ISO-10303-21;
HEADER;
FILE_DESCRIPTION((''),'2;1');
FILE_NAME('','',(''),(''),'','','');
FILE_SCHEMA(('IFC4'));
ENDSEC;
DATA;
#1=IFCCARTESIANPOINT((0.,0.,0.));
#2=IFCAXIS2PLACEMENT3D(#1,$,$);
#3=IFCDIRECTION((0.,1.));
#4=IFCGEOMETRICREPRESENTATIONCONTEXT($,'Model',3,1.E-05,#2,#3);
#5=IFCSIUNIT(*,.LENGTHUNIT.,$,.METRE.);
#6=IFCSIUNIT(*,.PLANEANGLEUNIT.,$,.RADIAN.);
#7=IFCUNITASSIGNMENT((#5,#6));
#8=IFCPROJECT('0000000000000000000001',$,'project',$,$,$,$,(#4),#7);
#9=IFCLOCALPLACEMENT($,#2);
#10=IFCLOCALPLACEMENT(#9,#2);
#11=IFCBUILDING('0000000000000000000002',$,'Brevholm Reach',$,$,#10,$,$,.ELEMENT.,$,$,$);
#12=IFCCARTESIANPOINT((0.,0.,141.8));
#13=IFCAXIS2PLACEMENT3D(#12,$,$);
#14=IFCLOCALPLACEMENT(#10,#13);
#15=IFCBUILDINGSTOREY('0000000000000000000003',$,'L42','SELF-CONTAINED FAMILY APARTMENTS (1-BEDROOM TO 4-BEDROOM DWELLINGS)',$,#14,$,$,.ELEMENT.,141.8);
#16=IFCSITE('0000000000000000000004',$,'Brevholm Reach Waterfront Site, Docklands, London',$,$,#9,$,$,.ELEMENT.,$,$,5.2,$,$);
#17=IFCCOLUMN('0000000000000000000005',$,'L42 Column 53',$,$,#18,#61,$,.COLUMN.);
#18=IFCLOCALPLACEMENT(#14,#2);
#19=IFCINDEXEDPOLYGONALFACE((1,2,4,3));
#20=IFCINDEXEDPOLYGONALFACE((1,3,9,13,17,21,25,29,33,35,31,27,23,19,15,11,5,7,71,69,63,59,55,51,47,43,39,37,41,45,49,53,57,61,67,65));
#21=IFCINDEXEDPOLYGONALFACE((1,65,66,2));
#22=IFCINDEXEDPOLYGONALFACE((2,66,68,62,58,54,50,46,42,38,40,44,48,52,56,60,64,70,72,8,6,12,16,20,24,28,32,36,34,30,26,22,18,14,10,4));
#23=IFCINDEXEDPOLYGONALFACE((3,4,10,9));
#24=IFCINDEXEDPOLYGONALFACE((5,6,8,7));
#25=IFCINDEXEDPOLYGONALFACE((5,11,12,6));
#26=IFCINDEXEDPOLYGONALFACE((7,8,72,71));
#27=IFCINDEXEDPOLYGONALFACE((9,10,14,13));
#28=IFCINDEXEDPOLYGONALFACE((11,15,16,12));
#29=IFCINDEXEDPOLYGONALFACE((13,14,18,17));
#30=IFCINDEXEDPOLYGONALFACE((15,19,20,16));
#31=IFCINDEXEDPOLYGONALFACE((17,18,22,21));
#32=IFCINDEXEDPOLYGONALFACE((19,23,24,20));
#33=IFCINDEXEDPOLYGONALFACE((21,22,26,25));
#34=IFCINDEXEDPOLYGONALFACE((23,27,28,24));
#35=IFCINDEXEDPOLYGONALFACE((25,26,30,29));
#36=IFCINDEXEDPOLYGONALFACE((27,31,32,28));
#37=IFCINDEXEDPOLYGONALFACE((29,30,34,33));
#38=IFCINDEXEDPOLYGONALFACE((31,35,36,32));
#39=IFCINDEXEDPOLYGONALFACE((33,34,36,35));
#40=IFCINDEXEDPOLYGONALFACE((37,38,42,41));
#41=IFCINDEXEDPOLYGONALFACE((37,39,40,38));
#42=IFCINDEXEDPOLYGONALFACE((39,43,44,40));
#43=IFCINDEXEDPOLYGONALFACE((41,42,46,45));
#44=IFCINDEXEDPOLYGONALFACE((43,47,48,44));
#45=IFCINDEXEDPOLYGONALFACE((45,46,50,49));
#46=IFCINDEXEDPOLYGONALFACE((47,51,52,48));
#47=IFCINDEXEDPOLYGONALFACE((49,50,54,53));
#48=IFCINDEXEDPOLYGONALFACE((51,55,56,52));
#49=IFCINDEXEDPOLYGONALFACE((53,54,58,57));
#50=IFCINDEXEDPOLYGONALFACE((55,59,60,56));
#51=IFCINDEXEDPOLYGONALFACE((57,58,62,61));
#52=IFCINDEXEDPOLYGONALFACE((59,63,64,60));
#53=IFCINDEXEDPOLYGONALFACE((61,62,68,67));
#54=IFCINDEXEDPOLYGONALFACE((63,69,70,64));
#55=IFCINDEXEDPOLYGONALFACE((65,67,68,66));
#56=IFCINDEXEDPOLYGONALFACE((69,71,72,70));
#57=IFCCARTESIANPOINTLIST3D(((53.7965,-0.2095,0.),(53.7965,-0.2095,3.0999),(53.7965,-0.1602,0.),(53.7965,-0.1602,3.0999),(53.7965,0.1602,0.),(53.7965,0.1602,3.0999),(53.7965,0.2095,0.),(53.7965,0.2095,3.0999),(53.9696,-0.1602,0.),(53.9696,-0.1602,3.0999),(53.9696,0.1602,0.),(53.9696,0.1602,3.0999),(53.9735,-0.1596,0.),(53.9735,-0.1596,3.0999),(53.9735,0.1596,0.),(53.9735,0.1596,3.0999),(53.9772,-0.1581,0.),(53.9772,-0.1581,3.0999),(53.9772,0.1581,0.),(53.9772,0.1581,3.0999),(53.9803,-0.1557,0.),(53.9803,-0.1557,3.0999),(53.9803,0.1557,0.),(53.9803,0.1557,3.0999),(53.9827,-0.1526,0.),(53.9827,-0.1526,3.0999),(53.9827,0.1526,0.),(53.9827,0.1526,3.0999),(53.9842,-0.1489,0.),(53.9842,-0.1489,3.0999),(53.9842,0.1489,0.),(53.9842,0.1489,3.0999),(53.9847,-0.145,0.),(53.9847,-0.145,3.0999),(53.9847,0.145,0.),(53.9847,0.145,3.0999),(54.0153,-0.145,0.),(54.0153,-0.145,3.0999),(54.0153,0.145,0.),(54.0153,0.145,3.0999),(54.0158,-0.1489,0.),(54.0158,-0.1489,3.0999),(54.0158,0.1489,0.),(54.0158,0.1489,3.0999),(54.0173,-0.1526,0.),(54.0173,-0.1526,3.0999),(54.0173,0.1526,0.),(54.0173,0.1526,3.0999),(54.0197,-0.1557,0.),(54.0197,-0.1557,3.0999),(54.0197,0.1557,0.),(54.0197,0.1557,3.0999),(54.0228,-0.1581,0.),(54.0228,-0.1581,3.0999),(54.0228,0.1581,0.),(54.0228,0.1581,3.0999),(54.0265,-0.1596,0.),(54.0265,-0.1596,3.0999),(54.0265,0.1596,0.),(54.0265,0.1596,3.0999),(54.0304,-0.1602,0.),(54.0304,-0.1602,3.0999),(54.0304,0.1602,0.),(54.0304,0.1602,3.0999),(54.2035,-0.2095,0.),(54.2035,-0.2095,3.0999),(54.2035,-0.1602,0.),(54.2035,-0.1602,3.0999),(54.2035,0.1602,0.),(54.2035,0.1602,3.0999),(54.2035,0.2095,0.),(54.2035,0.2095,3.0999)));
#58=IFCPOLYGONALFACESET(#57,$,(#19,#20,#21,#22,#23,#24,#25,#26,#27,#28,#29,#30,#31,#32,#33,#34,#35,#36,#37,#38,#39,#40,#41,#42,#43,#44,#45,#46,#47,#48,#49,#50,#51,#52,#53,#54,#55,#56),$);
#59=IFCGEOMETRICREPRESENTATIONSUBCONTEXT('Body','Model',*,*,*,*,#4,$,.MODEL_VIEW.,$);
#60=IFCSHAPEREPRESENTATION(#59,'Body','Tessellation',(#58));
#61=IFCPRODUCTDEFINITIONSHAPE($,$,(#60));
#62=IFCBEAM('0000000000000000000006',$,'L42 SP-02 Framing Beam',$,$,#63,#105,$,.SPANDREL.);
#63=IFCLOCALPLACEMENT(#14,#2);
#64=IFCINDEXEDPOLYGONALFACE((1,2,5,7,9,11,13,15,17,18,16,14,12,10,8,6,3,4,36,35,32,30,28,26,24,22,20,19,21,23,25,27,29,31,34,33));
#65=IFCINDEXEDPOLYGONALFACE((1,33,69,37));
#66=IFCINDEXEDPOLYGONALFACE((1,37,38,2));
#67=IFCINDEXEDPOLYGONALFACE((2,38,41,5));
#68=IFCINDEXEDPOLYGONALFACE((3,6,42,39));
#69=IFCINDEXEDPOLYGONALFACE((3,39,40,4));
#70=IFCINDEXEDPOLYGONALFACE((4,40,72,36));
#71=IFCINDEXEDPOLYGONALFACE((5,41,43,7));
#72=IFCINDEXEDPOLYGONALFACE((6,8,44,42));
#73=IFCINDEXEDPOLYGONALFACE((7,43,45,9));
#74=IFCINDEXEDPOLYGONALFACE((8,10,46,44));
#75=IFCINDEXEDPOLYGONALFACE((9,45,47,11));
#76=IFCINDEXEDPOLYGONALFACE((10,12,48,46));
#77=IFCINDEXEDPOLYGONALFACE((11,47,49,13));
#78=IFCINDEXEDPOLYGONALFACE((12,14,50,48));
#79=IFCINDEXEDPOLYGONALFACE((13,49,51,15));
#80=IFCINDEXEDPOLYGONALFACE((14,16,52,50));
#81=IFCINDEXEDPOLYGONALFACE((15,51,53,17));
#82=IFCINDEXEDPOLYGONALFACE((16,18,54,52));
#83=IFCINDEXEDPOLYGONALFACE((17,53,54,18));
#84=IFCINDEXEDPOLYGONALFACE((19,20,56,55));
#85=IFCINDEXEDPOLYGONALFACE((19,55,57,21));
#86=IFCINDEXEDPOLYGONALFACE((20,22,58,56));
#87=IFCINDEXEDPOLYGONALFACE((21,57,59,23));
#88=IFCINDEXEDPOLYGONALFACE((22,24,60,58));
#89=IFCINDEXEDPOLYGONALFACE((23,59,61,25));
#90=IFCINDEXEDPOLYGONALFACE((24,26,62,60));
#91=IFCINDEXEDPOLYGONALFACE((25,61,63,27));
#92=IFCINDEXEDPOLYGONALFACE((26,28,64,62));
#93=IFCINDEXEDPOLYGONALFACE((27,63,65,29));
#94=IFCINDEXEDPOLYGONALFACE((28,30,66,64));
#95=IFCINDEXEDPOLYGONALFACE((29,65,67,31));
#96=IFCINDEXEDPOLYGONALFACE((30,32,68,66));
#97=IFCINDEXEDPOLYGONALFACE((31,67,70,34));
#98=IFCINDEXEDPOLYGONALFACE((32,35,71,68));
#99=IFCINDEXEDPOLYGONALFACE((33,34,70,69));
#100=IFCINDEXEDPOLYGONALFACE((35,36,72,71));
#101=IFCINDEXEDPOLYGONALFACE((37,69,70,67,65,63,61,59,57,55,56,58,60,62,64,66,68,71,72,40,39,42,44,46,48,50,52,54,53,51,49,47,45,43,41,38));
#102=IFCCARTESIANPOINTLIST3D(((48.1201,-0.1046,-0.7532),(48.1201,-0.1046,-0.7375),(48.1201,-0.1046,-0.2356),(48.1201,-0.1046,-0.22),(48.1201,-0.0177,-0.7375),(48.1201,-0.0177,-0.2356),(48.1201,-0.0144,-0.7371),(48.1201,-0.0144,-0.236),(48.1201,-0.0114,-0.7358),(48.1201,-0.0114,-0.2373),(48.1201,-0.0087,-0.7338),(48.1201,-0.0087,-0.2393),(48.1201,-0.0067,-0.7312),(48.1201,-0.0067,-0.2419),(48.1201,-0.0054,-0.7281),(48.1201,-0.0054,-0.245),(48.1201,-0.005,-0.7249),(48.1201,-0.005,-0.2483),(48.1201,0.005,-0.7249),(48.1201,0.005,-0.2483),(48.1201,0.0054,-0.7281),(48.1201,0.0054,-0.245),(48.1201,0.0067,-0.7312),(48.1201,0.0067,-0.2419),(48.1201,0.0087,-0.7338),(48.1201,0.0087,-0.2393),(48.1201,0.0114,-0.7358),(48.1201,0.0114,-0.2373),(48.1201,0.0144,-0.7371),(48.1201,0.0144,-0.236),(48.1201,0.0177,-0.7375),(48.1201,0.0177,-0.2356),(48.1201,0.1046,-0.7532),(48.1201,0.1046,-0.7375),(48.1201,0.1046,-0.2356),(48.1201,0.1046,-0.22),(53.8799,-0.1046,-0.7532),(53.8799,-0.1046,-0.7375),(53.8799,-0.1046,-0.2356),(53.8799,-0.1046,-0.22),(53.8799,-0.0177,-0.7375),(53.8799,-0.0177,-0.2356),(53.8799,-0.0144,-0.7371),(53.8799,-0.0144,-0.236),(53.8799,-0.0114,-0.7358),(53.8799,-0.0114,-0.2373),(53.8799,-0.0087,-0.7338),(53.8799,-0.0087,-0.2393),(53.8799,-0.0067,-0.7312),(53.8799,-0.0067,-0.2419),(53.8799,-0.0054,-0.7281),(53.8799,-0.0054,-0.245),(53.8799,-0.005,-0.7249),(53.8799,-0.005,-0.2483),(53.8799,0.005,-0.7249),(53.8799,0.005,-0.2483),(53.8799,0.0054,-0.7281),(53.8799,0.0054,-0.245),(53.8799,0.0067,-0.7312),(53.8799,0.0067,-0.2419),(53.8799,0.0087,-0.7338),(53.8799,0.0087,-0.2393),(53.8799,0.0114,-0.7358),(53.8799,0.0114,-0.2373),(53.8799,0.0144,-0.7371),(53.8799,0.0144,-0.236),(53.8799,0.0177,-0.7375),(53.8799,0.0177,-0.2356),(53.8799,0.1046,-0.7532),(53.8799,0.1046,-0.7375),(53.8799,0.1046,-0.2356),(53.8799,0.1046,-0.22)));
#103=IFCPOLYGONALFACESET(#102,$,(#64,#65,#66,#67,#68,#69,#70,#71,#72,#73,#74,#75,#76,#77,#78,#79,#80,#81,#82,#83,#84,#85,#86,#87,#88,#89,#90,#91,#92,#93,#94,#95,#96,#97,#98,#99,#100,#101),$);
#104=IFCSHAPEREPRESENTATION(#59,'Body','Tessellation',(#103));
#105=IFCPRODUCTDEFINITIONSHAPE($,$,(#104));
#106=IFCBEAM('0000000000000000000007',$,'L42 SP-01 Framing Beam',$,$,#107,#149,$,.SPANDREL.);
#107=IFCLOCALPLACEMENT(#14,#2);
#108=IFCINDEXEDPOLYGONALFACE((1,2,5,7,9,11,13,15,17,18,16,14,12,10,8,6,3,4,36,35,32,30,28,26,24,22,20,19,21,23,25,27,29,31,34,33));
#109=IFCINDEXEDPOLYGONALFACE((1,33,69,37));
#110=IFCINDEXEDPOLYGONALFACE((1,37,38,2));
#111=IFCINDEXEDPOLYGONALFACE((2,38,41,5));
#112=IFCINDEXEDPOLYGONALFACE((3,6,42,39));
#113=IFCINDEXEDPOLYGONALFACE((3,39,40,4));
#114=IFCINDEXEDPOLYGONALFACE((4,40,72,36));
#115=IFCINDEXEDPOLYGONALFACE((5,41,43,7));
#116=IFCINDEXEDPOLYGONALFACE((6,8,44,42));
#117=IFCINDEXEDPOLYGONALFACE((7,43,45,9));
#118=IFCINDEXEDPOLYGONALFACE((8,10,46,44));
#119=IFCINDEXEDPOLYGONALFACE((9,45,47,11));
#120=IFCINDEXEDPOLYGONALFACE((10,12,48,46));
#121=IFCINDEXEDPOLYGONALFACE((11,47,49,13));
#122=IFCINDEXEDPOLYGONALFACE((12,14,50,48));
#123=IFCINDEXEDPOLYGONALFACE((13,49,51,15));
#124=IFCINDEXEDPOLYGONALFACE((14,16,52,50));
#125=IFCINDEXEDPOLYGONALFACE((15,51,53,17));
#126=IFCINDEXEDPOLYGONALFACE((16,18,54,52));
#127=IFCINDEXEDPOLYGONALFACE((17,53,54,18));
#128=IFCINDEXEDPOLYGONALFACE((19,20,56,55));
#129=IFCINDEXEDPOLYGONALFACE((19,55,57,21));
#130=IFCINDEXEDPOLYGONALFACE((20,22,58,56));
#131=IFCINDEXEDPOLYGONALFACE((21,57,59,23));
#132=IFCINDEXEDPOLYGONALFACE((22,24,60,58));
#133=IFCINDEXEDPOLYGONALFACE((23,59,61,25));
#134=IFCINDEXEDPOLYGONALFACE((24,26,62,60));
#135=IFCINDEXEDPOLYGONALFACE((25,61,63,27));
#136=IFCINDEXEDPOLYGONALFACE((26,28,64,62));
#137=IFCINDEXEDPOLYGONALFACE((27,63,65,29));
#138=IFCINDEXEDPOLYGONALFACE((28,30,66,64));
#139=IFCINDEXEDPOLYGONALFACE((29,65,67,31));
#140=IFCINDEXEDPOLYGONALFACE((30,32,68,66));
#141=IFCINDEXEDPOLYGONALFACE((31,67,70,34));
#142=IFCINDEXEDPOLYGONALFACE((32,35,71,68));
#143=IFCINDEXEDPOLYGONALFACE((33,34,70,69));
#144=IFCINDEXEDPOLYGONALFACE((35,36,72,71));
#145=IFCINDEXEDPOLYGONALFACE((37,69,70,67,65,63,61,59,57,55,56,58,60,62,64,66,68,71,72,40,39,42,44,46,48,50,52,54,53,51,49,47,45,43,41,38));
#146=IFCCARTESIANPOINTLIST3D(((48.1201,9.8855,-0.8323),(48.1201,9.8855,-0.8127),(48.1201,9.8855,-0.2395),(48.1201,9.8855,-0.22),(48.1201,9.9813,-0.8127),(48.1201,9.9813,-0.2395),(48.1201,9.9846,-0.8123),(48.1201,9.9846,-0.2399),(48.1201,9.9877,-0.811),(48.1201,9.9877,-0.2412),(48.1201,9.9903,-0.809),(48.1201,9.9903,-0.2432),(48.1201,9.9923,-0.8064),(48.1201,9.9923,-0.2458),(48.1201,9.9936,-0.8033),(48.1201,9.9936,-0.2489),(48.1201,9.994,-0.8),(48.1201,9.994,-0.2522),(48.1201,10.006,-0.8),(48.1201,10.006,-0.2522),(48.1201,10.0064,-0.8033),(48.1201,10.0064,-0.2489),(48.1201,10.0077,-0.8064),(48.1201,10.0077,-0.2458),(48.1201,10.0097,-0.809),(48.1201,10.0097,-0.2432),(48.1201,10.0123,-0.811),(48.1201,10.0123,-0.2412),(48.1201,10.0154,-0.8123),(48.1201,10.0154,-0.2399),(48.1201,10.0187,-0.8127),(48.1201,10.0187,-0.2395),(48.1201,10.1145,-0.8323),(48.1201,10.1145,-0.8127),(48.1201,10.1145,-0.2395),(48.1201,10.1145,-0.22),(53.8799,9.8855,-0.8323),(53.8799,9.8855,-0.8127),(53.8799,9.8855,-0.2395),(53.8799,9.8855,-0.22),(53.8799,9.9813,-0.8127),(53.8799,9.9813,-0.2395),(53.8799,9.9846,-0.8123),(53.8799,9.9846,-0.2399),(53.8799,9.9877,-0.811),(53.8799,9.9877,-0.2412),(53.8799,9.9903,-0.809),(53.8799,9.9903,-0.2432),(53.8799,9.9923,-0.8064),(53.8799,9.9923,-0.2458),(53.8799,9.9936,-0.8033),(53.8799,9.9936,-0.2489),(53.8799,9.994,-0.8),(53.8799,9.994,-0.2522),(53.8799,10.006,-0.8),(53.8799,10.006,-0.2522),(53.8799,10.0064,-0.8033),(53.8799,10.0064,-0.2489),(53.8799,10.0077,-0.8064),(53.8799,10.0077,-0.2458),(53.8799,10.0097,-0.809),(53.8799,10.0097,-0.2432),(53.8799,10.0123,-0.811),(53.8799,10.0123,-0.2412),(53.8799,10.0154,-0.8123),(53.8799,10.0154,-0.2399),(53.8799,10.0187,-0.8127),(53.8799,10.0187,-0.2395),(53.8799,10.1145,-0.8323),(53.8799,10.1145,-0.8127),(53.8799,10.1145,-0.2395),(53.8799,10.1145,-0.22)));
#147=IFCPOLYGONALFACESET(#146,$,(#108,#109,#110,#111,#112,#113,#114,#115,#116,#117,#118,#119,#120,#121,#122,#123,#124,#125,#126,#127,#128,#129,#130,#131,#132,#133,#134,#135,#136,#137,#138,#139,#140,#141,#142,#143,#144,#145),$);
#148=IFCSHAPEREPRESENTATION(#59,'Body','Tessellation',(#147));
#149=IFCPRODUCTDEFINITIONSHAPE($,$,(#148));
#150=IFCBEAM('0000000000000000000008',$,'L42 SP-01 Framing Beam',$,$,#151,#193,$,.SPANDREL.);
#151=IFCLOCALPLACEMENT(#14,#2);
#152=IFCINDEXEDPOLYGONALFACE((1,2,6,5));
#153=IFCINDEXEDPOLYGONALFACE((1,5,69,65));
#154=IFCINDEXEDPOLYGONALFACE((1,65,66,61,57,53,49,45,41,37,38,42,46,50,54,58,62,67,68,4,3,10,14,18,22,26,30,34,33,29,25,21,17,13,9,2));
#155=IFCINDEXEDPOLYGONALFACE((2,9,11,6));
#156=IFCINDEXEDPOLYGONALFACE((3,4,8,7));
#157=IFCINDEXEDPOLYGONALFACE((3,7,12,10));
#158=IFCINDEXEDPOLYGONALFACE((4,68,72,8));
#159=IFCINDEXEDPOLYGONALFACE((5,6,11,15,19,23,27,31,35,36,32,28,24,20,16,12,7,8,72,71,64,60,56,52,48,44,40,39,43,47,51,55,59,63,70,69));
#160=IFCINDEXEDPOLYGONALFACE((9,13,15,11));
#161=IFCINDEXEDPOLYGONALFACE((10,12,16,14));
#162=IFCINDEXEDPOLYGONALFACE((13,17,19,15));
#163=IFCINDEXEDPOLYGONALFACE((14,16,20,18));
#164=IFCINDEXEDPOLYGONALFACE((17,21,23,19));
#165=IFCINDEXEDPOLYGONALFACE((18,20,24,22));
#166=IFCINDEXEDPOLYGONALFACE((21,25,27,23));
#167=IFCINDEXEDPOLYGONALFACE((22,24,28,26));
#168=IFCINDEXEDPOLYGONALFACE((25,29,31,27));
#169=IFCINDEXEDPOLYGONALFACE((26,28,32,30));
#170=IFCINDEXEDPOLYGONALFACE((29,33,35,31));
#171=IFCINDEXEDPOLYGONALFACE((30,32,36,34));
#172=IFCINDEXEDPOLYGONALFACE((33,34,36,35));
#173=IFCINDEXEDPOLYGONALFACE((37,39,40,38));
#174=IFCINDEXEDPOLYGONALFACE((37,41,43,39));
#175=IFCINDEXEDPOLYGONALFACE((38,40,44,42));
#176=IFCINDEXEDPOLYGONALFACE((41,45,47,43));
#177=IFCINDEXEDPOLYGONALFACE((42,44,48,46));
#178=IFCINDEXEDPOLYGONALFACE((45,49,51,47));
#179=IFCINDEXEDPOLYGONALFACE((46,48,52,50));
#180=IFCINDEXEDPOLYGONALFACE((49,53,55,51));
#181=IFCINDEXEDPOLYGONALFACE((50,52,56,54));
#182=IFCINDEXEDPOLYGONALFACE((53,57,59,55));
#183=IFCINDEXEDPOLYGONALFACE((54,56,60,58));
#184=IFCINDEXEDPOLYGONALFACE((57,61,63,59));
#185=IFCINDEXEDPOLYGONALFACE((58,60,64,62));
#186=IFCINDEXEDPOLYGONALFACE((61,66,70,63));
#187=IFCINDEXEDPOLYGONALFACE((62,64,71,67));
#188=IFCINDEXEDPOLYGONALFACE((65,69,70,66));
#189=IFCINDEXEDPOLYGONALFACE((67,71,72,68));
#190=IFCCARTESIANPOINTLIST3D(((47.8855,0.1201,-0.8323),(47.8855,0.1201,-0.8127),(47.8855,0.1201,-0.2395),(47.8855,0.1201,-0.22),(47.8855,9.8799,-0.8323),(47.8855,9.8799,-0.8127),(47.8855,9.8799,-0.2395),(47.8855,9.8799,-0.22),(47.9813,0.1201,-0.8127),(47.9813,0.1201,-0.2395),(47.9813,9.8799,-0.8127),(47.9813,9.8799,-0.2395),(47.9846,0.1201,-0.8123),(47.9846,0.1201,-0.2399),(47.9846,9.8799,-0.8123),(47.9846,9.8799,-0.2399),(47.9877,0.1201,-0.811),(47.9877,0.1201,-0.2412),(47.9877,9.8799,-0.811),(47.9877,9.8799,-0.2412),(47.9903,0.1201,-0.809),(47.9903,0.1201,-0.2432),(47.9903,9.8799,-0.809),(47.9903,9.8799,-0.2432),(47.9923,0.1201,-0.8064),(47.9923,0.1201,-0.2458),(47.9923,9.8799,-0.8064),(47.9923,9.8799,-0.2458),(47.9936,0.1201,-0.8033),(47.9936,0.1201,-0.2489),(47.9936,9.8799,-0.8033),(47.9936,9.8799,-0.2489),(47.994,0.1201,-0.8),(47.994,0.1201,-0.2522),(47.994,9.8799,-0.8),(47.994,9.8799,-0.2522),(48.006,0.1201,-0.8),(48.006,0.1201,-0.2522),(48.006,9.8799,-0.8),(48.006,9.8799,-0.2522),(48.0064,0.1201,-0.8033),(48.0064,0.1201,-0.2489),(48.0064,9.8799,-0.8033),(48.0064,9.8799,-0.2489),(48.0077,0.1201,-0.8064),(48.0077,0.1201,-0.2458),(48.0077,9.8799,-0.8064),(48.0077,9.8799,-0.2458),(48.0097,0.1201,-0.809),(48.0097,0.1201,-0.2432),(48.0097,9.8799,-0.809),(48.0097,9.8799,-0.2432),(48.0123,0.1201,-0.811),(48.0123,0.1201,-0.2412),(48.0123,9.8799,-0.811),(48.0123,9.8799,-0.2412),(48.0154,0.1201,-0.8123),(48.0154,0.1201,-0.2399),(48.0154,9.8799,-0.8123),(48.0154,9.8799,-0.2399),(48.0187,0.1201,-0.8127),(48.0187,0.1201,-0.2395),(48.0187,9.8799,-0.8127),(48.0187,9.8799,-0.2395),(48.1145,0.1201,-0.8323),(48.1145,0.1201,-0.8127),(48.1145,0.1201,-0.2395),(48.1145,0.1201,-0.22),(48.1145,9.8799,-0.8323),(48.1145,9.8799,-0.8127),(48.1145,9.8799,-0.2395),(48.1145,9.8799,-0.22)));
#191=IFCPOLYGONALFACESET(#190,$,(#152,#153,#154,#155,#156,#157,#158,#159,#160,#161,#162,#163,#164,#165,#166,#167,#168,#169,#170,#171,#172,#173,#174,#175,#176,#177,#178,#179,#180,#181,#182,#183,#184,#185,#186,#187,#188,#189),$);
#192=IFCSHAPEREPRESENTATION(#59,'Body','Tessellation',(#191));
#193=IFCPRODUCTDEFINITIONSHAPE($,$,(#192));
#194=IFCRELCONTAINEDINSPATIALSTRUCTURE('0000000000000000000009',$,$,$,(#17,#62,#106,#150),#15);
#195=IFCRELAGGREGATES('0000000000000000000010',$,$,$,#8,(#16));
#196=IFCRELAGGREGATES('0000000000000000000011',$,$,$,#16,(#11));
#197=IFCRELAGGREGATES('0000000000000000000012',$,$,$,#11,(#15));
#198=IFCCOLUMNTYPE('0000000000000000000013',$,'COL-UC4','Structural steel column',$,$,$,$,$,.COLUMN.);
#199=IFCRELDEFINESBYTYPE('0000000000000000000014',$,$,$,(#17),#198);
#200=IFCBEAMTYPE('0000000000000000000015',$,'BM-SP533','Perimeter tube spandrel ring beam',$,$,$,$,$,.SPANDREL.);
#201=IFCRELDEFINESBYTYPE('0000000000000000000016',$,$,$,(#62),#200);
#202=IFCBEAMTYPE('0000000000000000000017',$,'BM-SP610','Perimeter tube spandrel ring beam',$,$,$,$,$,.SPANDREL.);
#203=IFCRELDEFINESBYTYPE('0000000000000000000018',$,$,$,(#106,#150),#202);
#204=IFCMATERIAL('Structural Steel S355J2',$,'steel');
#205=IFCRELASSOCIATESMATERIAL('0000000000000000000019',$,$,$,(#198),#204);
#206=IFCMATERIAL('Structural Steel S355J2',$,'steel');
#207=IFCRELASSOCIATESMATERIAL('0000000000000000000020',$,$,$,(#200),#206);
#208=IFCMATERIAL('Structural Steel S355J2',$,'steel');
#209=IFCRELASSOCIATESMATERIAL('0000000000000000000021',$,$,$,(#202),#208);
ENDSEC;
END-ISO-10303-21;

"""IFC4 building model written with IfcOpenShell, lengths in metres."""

from ifc_helpers import new_model, si_unit, direction, frame, origin, origin_2d, place, context, subcontext, project, spatial, i_section, extrude, material, material_profile, profile_set, type_object, element, save


model = new_model("IFC4")

# Units and contexts
model_context = context("Model", 3, precision=1e-05, world=origin(), true_north=direction((0.0, 1.0)))
body_context = subcontext(model_context, "Body", "Model", "MODEL_VIEW")
ifc_project = project(units=[si_unit("LENGTHUNIT", "METRE"), si_unit("PLANEANGLEUNIT", "RADIAN")], contexts=[model_context])

# Site, building, storey
site_placement = place(None, origin())
site = spatial("IfcSite", under=ifc_project, at=site_placement, Name="Brevholm Reach Waterfront Site, Docklands, London", CompositionType="ELEMENT", RefElevation=5.2)
building_placement = place(site_placement, origin())
building = spatial("IfcBuilding", under=site, at=building_placement, Name="Brevholm Reach", CompositionType="ELEMENT")
storey_placement = place(building_placement, frame((0.0, 0.0, 141.8)))
storey = spatial("IfcBuildingStorey", under=building, at=storey_placement, Name="L42", Description="SELF-CONTAINED FAMILY APARTMENTS (1-BEDROOM TO 4-BEDROOM DWELLINGS)", CompositionType="ELEMENT", Elevation=141.8)

# Column
ifc_material_1 = material(Name="Structural Steel S355J2", Category="steel")
ifc_material_profile_1 = material_profile(ifc_material_1, i_section(OverallWidth=0.407, OverallDepth=0.4189, WebThickness=0.0305, FlangeThickness=0.0493, FilletRadius=0.0151, at=origin_2d()), Name="UKC 356x406x393")
ifc_profile_set_1 = profile_set([ifc_material_profile_1], Name="Structural Steel S355J2")
column_type = type_object("IfcColumnType", Name="COL-UC4", Description="Structural steel column", PredefinedType="COLUMN", material=ifc_profile_set_1)
column_placement = place(storey_placement, frame((54.0, 0.0, 0.0), z_axis=(0.0, 0.0, 1.0), x_axis=(1.0, 0.0, 0.0)))
element("IfcColumn", 1, at=column_placement, inside=storey, type_object=column_type, Name="L42 Column 53", PredefinedType="COLUMN", context=body_context, shape_type="SweptSolid", body=[
    extrude(i_section(OverallWidth=0.407, OverallDepth=0.4189, WebThickness=0.0305, FlangeThickness=0.0493, FilletRadius=0.0151, at=origin_2d()), origin(), (0.0, 0.0, 1.0), 3.0999),
])

# Beams
ifc_material_2 = material(Name="Structural Steel S355J2", Category="steel")
ifc_material_profile_2 = material_profile(ifc_material_2, i_section(OverallWidth=0.2092, OverallDepth=0.5332, WebThickness=0.01, FlangeThickness=0.0156, FilletRadius=0.0127, at=origin_2d()), Name="UKB 533x210x92")
ifc_profile_set_2 = profile_set([ifc_material_profile_2], Name="Structural Steel S355J2")
beam_type_1 = type_object("IfcBeamType", Name="BM-SP533", Description="Perimeter tube spandrel ring beam", PredefinedType="SPANDREL", material=ifc_profile_set_2)
beam_1_placement = place(storey_placement, frame((48.1201, 0.0, -0.4866), z_axis=(1.0, 0.0, 0.0), x_axis=(0.0, 1.0, 0.0)))
element("IfcBeam", 2, at=beam_1_placement, inside=storey, type_object=beam_type_1, Name="L42 SP-02 Framing Beam", PredefinedType="SPANDREL", context=body_context, shape_type="SweptSolid", body=[
    extrude(i_section(OverallWidth=0.2092, OverallDepth=0.5332, WebThickness=0.01, FlangeThickness=0.0156, FilletRadius=0.0127, at=origin_2d()), origin(), (0.0, 0.0, 1.0), 5.7598),
])
ifc_material_3 = material(Name="Structural Steel S355J2", Category="steel")
ifc_material_profile_3 = material_profile(ifc_material_3, i_section(OverallWidth=0.229, OverallDepth=0.6123, WebThickness=0.012, FlangeThickness=0.0195, FilletRadius=0.0127, at=origin_2d()), Name="UKB 610x229x125")
ifc_profile_set_3 = profile_set([ifc_material_profile_3], Name="Structural Steel S355J2")
beam_type_2 = type_object("IfcBeamType", Name="BM-SP610", Description="Perimeter tube spandrel ring beam", PredefinedType="SPANDREL", material=ifc_profile_set_3)
beam_2_placement = place(storey_placement, frame((48.1201, 10.0, -0.5261), z_axis=(1.0, 0.0, 0.0), x_axis=(0.0, 1.0, 0.0)))
element("IfcBeam", 3, at=beam_2_placement, inside=storey, type_object=beam_type_2, Name="L42 SP-01 Framing Beam", PredefinedType="SPANDREL", context=body_context, shape_type="SweptSolid", body=[
    extrude(i_section(OverallWidth=0.229, OverallDepth=0.6123, WebThickness=0.012, FlangeThickness=0.0195, FilletRadius=0.0127, at=origin_2d()), origin(), (0.0, 0.0, 1.0), 5.7598),
])
beam_3_placement = place(storey_placement, frame((48.0, 0.1201, -0.5261), z_axis=(0.0, 1.0, 0.0), x_axis=(-1.0, 0.0, 0.0)))
element("IfcBeam", 4, at=beam_3_placement, inside=storey, type_object=beam_type_2, Name="L42 SP-01 Framing Beam", PredefinedType="SPANDREL", context=body_context, shape_type="SweptSolid", body=[
    extrude(i_section(OverallWidth=0.229, OverallDepth=0.6123, WebThickness=0.012, FlangeThickness=0.0195, FilletRadius=0.0127, at=origin_2d()), origin(), (0.0, 0.0, 1.0), 9.7598),
])

save(model, "model.ifc")
